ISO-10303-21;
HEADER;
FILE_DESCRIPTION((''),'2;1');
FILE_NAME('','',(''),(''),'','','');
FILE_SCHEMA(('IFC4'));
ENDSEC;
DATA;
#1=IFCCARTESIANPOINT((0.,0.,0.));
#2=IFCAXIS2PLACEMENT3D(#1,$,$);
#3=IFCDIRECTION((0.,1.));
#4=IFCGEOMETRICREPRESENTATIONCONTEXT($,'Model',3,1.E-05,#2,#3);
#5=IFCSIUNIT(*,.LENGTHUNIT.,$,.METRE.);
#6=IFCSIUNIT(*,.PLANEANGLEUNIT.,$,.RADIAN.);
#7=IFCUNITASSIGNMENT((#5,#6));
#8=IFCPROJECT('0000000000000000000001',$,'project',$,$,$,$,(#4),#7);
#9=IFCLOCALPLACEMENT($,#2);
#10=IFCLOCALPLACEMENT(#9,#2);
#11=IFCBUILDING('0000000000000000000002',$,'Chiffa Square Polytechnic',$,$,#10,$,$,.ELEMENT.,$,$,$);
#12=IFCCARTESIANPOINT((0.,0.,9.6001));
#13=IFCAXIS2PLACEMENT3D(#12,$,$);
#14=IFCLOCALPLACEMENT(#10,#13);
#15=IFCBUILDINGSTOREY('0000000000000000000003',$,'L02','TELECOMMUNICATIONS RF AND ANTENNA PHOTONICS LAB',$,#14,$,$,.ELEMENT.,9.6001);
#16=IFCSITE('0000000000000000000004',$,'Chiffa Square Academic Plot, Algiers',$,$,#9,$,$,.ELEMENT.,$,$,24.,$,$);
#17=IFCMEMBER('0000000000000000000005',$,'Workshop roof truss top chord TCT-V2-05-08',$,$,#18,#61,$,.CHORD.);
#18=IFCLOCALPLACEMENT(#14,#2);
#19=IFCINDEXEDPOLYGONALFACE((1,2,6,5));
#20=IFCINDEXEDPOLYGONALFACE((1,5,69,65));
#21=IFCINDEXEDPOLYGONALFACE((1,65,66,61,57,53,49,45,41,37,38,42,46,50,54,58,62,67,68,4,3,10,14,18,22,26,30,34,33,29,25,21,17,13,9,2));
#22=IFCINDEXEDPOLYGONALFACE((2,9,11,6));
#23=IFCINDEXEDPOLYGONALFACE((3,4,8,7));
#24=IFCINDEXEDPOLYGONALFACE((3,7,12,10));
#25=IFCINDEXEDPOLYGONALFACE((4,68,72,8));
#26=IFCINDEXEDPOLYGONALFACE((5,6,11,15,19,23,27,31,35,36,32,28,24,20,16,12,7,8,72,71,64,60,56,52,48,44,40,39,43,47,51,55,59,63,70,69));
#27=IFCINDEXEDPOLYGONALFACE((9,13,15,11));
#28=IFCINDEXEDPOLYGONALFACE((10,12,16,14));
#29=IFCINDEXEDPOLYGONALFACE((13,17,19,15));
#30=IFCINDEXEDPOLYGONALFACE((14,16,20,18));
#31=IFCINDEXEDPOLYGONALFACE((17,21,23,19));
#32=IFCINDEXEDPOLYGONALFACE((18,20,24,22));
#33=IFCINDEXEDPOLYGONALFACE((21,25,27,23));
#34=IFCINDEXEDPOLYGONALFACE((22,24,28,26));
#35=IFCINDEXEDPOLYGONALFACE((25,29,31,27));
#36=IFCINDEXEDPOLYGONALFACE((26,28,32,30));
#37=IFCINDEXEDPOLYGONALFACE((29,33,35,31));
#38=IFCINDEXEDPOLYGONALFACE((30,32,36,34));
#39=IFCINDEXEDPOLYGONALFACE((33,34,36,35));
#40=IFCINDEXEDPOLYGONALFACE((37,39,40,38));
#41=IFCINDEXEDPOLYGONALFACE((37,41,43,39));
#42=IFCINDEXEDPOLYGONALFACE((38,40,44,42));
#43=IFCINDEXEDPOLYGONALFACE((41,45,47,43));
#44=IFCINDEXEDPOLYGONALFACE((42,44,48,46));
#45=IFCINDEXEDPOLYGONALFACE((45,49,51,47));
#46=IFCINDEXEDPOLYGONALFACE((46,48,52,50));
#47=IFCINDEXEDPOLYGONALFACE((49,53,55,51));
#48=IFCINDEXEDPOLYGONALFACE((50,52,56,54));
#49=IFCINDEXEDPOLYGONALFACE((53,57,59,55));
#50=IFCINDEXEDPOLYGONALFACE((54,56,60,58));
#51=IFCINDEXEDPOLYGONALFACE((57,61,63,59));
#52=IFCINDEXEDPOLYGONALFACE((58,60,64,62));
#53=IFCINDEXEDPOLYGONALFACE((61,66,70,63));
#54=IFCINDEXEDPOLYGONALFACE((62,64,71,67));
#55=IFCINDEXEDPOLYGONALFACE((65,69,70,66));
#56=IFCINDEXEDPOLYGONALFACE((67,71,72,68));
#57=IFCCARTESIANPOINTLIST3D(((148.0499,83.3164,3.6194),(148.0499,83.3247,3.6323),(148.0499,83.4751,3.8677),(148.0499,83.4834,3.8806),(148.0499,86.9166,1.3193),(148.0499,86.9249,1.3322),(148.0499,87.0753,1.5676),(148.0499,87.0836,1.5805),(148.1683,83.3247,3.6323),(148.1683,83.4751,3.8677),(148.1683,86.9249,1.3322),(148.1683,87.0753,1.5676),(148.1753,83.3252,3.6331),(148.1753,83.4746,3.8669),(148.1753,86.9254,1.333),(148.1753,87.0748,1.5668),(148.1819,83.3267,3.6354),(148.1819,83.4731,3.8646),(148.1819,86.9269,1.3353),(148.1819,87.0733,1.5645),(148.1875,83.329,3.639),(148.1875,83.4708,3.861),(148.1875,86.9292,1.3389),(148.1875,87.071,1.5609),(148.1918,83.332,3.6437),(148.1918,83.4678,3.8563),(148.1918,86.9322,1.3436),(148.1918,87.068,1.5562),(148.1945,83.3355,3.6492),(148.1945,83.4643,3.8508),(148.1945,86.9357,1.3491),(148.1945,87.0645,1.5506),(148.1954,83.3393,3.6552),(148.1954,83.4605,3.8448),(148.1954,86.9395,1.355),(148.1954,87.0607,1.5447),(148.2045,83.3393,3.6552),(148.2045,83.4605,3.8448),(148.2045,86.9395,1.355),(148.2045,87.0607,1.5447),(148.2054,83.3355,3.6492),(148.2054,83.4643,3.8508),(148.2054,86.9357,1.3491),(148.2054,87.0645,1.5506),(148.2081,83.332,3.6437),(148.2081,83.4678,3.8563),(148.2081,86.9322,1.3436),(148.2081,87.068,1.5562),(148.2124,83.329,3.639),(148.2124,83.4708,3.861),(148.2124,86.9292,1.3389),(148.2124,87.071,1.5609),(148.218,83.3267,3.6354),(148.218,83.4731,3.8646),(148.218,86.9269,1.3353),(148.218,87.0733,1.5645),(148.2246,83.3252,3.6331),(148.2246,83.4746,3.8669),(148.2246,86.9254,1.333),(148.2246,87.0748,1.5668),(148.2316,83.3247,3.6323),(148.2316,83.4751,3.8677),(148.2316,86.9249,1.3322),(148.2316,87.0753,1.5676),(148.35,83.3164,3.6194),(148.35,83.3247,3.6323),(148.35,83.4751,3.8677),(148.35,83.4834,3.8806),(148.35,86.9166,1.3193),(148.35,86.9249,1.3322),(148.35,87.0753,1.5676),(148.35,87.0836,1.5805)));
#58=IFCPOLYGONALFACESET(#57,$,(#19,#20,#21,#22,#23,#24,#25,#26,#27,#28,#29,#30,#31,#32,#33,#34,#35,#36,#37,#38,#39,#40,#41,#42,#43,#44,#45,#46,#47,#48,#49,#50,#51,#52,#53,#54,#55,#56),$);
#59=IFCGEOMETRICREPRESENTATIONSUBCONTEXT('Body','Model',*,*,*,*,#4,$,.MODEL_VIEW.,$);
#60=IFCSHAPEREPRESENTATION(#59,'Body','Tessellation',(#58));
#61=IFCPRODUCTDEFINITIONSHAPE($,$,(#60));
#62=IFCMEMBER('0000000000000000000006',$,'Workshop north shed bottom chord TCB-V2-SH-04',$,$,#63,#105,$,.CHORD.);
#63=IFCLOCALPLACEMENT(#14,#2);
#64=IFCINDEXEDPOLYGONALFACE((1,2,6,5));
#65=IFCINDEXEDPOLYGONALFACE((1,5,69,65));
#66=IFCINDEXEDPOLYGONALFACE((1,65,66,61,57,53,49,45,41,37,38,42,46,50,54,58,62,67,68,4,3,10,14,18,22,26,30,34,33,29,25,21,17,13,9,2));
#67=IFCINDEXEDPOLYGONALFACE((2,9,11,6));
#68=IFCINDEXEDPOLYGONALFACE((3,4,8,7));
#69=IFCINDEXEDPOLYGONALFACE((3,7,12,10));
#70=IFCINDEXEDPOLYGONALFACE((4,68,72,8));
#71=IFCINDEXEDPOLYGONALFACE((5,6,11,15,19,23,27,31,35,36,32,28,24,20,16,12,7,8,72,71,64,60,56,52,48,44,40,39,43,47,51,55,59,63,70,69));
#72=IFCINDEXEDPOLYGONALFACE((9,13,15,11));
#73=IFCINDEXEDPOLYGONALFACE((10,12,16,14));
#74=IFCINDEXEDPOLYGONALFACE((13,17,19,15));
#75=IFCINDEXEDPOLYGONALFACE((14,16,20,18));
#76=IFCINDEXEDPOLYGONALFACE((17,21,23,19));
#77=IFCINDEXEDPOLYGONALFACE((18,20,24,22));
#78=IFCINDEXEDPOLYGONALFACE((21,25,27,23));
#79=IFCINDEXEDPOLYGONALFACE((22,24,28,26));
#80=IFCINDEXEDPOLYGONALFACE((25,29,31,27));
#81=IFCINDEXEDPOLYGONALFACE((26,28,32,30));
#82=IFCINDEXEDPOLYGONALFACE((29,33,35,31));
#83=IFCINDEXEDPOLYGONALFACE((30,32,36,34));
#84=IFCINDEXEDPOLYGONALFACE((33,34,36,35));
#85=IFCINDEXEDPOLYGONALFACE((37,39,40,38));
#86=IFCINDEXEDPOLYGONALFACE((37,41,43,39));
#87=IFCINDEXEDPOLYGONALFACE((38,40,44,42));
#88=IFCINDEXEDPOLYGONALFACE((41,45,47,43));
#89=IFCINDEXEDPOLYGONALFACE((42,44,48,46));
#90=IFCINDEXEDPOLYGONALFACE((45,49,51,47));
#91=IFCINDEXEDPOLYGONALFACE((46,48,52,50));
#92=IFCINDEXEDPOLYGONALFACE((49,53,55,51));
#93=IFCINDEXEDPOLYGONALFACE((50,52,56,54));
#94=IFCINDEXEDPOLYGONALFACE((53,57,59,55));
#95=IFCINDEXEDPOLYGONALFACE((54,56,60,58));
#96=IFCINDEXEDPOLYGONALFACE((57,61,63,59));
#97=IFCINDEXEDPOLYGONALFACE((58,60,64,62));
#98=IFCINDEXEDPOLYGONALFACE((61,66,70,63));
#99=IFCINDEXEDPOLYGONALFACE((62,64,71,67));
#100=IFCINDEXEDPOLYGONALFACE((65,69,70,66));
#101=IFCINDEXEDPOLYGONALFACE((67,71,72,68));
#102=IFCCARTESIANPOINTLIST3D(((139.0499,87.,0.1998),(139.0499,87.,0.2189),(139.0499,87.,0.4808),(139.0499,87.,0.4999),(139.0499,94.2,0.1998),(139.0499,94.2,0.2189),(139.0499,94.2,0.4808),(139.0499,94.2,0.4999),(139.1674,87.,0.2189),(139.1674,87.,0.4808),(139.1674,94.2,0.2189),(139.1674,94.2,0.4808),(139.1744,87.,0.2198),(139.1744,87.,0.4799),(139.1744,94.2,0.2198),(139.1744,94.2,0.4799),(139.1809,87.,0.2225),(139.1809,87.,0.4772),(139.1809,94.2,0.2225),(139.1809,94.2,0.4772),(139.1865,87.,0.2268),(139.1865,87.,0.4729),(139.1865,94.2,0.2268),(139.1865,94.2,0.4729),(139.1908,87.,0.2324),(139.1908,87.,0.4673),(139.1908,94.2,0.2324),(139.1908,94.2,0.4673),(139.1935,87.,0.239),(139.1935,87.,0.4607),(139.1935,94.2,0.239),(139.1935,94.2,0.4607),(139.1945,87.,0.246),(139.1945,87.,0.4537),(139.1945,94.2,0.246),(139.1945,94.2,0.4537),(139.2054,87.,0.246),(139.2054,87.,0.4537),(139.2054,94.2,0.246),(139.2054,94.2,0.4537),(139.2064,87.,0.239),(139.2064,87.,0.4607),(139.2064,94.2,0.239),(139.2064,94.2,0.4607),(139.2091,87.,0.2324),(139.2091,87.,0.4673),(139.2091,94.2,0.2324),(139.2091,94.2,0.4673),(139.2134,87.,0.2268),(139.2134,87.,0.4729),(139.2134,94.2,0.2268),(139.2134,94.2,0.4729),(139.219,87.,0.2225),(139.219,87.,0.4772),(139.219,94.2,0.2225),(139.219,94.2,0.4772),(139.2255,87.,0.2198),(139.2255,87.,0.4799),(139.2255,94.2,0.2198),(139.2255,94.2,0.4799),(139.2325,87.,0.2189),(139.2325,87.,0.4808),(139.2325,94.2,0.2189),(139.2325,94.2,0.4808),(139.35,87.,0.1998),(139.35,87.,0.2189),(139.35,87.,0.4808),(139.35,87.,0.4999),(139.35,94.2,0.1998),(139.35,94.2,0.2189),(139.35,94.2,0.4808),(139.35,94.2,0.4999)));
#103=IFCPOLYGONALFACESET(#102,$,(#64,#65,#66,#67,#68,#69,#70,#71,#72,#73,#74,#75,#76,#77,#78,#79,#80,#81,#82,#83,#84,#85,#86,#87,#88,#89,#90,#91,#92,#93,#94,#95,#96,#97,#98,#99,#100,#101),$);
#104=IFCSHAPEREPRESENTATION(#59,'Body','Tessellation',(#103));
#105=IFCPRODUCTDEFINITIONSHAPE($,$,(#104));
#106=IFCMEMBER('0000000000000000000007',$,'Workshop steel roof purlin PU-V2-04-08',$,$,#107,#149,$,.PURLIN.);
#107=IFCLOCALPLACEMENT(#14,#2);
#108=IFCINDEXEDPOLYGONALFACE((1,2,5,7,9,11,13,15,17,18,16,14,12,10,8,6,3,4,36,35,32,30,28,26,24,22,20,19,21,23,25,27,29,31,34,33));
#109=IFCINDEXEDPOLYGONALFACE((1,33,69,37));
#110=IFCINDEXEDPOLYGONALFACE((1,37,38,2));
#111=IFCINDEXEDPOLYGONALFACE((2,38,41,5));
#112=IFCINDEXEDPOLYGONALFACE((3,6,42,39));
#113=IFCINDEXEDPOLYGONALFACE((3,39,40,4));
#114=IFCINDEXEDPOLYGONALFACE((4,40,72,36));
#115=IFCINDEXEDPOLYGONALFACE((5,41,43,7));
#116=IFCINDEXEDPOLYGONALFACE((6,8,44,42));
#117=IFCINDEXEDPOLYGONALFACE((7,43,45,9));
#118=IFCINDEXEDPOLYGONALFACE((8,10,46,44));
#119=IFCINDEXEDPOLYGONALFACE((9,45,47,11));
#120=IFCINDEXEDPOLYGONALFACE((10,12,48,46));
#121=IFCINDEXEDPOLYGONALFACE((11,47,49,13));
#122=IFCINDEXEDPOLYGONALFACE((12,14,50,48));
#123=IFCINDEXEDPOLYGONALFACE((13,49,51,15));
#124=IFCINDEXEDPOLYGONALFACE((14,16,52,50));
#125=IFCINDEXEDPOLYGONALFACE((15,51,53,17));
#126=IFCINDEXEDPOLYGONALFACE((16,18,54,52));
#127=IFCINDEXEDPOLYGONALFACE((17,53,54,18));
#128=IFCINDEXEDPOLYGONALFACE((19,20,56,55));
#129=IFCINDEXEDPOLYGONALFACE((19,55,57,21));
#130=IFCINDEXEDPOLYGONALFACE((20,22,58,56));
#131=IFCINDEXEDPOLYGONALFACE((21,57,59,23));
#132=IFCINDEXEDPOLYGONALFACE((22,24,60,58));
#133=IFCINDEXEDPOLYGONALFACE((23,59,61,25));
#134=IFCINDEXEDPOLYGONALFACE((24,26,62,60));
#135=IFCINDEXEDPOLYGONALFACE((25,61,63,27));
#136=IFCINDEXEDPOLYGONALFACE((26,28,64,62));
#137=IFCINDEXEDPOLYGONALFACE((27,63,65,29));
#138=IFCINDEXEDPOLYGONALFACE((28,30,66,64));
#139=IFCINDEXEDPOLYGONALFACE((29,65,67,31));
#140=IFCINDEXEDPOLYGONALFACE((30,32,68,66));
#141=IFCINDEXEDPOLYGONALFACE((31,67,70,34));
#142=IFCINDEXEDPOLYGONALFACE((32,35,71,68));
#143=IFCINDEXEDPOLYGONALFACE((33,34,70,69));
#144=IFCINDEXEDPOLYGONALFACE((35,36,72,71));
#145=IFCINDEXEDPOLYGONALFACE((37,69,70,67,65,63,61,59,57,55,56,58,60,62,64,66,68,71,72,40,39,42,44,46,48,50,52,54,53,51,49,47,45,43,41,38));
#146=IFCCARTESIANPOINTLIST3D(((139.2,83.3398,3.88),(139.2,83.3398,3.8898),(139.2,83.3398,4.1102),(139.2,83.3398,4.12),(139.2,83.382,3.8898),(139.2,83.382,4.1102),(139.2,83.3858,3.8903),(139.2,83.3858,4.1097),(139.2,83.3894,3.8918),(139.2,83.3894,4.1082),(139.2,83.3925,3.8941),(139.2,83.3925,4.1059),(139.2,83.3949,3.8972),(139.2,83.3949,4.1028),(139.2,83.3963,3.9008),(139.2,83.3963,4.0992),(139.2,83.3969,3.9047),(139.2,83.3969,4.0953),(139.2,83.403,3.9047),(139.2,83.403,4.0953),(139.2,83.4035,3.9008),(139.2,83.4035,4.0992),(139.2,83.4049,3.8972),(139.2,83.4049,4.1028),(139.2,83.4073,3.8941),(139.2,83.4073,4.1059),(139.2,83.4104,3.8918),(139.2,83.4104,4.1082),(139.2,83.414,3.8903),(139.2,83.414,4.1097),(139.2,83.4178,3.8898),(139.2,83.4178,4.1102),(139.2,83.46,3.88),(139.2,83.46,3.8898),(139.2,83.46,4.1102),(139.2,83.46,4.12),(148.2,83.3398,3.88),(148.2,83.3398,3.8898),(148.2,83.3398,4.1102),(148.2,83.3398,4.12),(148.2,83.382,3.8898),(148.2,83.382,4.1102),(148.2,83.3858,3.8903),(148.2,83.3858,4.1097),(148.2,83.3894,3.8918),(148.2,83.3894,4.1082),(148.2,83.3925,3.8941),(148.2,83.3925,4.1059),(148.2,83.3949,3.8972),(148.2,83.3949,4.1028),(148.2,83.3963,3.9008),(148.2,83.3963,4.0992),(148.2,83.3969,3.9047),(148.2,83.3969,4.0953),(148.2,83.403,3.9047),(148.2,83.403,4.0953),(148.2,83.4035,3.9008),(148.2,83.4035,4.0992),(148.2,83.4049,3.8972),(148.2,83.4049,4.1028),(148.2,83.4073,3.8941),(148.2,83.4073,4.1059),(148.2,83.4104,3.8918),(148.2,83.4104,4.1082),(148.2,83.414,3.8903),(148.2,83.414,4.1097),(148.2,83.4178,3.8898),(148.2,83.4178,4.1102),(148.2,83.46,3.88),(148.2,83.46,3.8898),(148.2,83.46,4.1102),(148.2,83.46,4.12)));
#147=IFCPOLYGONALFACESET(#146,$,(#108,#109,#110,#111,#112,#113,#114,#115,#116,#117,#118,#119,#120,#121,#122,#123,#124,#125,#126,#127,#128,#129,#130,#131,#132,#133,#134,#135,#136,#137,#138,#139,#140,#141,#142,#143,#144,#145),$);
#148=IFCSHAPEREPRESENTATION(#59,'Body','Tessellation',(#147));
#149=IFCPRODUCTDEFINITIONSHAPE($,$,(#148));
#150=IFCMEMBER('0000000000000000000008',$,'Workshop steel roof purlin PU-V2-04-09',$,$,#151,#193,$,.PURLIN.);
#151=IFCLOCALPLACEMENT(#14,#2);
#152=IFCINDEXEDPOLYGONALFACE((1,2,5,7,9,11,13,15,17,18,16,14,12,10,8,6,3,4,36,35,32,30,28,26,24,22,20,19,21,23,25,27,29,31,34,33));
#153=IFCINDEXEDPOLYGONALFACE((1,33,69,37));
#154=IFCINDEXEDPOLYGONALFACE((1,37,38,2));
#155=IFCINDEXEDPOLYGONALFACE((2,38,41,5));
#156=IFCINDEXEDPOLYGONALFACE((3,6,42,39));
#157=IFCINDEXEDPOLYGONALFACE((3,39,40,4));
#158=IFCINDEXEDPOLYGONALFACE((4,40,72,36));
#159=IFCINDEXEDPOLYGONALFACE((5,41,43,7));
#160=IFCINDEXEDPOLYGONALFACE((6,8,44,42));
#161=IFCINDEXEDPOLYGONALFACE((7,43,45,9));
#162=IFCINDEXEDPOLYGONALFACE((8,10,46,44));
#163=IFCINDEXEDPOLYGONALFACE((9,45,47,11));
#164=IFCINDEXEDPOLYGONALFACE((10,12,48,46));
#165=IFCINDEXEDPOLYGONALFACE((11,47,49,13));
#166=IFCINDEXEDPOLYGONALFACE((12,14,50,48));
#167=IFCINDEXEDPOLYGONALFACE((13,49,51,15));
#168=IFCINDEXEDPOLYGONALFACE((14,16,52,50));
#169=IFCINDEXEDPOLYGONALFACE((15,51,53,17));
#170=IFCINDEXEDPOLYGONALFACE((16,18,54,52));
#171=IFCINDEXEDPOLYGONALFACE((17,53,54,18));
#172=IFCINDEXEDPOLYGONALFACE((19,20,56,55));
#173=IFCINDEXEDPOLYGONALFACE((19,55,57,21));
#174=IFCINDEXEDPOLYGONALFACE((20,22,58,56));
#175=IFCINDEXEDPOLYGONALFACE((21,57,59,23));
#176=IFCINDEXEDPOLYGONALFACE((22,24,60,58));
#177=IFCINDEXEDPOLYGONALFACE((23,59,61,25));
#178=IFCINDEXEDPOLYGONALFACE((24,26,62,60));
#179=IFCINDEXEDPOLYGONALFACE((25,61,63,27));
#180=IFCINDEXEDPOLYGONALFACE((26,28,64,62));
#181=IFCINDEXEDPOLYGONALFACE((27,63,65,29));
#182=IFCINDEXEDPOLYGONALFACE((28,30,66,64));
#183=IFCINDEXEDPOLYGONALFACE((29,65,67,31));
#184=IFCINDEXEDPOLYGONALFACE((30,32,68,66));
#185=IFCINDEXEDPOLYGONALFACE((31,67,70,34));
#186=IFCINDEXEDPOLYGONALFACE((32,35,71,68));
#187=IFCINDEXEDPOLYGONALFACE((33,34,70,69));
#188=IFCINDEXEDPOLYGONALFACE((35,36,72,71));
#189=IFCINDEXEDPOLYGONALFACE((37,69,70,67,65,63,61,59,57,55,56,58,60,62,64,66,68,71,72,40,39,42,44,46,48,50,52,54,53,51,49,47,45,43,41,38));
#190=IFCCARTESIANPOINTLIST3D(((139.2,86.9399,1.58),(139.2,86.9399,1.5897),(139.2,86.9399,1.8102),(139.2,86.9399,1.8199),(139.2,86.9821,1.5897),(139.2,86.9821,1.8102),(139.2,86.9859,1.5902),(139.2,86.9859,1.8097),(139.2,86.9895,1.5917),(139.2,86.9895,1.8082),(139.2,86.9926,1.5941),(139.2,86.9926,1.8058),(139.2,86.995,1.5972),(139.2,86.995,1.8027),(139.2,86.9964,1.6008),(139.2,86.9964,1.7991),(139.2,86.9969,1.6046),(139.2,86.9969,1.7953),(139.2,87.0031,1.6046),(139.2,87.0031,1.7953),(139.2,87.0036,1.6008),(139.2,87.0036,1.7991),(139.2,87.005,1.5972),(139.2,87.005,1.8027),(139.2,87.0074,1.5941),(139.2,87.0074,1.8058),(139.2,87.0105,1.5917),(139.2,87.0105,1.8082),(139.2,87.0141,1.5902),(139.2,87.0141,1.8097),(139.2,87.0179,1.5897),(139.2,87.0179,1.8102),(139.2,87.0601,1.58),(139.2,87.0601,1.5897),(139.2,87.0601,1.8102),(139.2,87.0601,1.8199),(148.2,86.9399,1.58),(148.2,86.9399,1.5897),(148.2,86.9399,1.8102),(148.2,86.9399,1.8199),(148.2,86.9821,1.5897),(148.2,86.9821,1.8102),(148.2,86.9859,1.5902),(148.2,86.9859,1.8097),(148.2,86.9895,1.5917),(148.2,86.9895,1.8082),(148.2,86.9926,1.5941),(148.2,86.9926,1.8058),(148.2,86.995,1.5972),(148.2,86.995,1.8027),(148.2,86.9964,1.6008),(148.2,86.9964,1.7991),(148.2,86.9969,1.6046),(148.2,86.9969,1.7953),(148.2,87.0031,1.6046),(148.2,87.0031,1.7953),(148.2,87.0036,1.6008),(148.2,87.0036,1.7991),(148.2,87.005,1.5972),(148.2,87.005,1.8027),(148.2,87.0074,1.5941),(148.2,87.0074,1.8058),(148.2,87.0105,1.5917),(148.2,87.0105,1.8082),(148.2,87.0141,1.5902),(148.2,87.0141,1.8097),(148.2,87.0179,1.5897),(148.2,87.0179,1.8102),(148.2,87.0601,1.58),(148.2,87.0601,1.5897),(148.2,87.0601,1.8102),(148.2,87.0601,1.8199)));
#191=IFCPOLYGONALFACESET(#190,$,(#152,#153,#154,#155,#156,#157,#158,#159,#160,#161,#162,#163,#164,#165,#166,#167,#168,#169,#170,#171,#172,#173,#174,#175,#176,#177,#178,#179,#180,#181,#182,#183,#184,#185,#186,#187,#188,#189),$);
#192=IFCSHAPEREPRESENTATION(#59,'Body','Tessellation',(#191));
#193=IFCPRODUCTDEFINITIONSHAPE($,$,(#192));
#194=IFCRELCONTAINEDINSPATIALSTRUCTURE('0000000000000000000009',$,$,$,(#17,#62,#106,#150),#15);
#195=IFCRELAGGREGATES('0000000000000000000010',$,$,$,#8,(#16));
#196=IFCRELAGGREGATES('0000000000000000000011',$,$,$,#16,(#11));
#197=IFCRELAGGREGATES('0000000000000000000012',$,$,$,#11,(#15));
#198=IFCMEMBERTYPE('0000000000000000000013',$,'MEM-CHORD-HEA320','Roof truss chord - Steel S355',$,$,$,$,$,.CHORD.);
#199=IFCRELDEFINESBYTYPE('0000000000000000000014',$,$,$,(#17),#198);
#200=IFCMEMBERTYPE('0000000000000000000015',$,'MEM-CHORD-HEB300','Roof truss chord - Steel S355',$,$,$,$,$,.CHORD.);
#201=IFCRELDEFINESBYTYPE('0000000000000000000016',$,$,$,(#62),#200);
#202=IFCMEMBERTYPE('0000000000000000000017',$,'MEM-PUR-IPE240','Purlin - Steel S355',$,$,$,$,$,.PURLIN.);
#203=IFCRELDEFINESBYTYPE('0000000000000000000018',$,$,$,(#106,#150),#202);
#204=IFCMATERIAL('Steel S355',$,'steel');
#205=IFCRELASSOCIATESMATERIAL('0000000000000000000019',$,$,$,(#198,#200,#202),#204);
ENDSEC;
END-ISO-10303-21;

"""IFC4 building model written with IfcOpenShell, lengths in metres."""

from ifc_helpers import new_model, si_unit, direction, frame, origin, origin_2d, place, context, subcontext, project, spatial, i_section, extrude, material, material_profile, profile_set, type_object, element, save


model = new_model("IFC4")

# Units and contexts
model_context = context("Model", 3, precision=1e-05, world=origin(), true_north=direction((0.0, 1.0)))
body_context = subcontext(model_context, "Body", "Model", "MODEL_VIEW")
ifc_project = project(units=[si_unit("LENGTHUNIT", "METRE"), si_unit("PLANEANGLEUNIT", "RADIAN")], contexts=[model_context])

# Site, building, storey
site_placement = place(None, origin())
site = spatial("IfcSite", under=ifc_project, at=site_placement, Name="Chiffa Square Academic Plot, Algiers", CompositionType="ELEMENT", RefElevation=24.0)
building_placement = place(site_placement, origin())
building = spatial("IfcBuilding", under=site, at=building_placement, Name="Chiffa Square Polytechnic", CompositionType="ELEMENT")
storey_placement = place(building_placement, frame((0.0, 0.0, 9.6001)))
storey = spatial("IfcBuildingStorey", under=building, at=storey_placement, Name="L02", Description="TELECOMMUNICATIONS RF AND ANTENNA PHOTONICS LAB", CompositionType="ELEMENT", Elevation=9.6001)

# Shared definitions
ifc_material_1 = material(Name="Steel S355", Category="steel")

# Members
ifc_material_profile_1 = material_profile(ifc_material_1, i_section(OverallWidth=0.3, OverallDepth=0.3101, WebThickness=0.009, FlangeThickness=0.0154, FilletRadius=0.0271, at=origin_2d()), Name="HEA 320")
ifc_profile_set_1 = profile_set([ifc_material_profile_1], Name="Steel S355")
member_type_1 = type_object("IfcMemberType", Name="MEM-CHORD-HEA320", Description="Roof truss chord - Steel S355", PredefinedType="CHORD", material=ifc_profile_set_1)
member_1_placement = place(storey_placement, frame((148.2, 83.3999, 3.75), z_axis=(0.0, 0.842698, -0.538387), x_axis=(-1.0, 0.0, 0.0)))
element("IfcMember", 1, at=member_1_placement, inside=storey, type_object=member_type_1, Name="Workshop roof truss top chord TCT-V2-05-08", PredefinedType="CHORD", context=body_context, shape_type="SweptSolid", body=[
    extrude(i_section(OverallWidth=0.3, OverallDepth=0.3101, WebThickness=0.009, FlangeThickness=0.0154, FilletRadius=0.0271, at=origin_2d()), origin(), (0.0, 0.0, 1.0), 4.2722),
])
ifc_material_profile_2 = material_profile(ifc_material_1, i_section(OverallWidth=0.3, OverallDepth=0.3, WebThickness=0.011, FlangeThickness=0.019, FilletRadius=0.0271, at=origin_2d()), Name="HEB 300")
ifc_profile_set_2 = profile_set([ifc_material_profile_2], Name="Steel S355")
member_type_2 = type_object("IfcMemberType", Name="MEM-CHORD-HEB300", Description="Roof truss chord - Steel S355", PredefinedType="CHORD", material=ifc_profile_set_2)
member_2_placement = place(storey_placement, frame((139.2, 87.0, 0.3499), z_axis=(0.0, 1.0, 0.0), x_axis=(-1.0, 0.0, 0.0)))
element("IfcMember", 2, at=member_2_placement, inside=storey, type_object=member_type_2, Name="Workshop north shed bottom chord TCB-V2-SH-04", PredefinedType="CHORD", context=body_context, shape_type="SweptSolid", body=[
    extrude(i_section(OverallWidth=0.3, OverallDepth=0.3, WebThickness=0.011, FlangeThickness=0.019, FilletRadius=0.0271, at=origin_2d()), origin(), (0.0, 0.0, 1.0), 7.2),
])
ifc_material_profile_3 = material_profile(ifc_material_1, i_section(OverallWidth=0.1201, OverallDepth=0.24, WebThickness=0.0061, FlangeThickness=0.0098, FilletRadius=0.0149, at=origin_2d()), Name="IPE 240")
ifc_profile_set_3 = profile_set([ifc_material_profile_3], Name="Steel S355")
member_type_3 = type_object("IfcMemberType", Name="MEM-PUR-IPE240", Description="Purlin - Steel S355", PredefinedType="PURLIN", material=ifc_profile_set_3)
for number, where, z_axis, x_axis, name in (
    (3, (139.2, 83.3999, 4.0), (1.0, 0.0, 0.0), (0.0, 1.0, 0.0), "Workshop steel roof purlin PU-V2-04-08"),
    (4, (139.2, 87.0, 1.7), (1.0, 0.0, 0.0), (0.0, 1.0, 0.0), "Workshop steel roof purlin PU-V2-04-09"),
):
    element("IfcMember", number, at=place(storey_placement, frame(where, z_axis=z_axis, x_axis=x_axis)), inside=storey, type_object=member_type_3, Name=name, PredefinedType="PURLIN", context=body_context, shape_type="SweptSolid", body=[
        extrude(i_section(OverallWidth=0.1201, OverallDepth=0.24, WebThickness=0.0061, FlangeThickness=0.0098, FilletRadius=0.0149, at=origin_2d()), origin(), (0.0, 0.0, 1.0), 9.0),
    ])

save(model, "model.ifc")
